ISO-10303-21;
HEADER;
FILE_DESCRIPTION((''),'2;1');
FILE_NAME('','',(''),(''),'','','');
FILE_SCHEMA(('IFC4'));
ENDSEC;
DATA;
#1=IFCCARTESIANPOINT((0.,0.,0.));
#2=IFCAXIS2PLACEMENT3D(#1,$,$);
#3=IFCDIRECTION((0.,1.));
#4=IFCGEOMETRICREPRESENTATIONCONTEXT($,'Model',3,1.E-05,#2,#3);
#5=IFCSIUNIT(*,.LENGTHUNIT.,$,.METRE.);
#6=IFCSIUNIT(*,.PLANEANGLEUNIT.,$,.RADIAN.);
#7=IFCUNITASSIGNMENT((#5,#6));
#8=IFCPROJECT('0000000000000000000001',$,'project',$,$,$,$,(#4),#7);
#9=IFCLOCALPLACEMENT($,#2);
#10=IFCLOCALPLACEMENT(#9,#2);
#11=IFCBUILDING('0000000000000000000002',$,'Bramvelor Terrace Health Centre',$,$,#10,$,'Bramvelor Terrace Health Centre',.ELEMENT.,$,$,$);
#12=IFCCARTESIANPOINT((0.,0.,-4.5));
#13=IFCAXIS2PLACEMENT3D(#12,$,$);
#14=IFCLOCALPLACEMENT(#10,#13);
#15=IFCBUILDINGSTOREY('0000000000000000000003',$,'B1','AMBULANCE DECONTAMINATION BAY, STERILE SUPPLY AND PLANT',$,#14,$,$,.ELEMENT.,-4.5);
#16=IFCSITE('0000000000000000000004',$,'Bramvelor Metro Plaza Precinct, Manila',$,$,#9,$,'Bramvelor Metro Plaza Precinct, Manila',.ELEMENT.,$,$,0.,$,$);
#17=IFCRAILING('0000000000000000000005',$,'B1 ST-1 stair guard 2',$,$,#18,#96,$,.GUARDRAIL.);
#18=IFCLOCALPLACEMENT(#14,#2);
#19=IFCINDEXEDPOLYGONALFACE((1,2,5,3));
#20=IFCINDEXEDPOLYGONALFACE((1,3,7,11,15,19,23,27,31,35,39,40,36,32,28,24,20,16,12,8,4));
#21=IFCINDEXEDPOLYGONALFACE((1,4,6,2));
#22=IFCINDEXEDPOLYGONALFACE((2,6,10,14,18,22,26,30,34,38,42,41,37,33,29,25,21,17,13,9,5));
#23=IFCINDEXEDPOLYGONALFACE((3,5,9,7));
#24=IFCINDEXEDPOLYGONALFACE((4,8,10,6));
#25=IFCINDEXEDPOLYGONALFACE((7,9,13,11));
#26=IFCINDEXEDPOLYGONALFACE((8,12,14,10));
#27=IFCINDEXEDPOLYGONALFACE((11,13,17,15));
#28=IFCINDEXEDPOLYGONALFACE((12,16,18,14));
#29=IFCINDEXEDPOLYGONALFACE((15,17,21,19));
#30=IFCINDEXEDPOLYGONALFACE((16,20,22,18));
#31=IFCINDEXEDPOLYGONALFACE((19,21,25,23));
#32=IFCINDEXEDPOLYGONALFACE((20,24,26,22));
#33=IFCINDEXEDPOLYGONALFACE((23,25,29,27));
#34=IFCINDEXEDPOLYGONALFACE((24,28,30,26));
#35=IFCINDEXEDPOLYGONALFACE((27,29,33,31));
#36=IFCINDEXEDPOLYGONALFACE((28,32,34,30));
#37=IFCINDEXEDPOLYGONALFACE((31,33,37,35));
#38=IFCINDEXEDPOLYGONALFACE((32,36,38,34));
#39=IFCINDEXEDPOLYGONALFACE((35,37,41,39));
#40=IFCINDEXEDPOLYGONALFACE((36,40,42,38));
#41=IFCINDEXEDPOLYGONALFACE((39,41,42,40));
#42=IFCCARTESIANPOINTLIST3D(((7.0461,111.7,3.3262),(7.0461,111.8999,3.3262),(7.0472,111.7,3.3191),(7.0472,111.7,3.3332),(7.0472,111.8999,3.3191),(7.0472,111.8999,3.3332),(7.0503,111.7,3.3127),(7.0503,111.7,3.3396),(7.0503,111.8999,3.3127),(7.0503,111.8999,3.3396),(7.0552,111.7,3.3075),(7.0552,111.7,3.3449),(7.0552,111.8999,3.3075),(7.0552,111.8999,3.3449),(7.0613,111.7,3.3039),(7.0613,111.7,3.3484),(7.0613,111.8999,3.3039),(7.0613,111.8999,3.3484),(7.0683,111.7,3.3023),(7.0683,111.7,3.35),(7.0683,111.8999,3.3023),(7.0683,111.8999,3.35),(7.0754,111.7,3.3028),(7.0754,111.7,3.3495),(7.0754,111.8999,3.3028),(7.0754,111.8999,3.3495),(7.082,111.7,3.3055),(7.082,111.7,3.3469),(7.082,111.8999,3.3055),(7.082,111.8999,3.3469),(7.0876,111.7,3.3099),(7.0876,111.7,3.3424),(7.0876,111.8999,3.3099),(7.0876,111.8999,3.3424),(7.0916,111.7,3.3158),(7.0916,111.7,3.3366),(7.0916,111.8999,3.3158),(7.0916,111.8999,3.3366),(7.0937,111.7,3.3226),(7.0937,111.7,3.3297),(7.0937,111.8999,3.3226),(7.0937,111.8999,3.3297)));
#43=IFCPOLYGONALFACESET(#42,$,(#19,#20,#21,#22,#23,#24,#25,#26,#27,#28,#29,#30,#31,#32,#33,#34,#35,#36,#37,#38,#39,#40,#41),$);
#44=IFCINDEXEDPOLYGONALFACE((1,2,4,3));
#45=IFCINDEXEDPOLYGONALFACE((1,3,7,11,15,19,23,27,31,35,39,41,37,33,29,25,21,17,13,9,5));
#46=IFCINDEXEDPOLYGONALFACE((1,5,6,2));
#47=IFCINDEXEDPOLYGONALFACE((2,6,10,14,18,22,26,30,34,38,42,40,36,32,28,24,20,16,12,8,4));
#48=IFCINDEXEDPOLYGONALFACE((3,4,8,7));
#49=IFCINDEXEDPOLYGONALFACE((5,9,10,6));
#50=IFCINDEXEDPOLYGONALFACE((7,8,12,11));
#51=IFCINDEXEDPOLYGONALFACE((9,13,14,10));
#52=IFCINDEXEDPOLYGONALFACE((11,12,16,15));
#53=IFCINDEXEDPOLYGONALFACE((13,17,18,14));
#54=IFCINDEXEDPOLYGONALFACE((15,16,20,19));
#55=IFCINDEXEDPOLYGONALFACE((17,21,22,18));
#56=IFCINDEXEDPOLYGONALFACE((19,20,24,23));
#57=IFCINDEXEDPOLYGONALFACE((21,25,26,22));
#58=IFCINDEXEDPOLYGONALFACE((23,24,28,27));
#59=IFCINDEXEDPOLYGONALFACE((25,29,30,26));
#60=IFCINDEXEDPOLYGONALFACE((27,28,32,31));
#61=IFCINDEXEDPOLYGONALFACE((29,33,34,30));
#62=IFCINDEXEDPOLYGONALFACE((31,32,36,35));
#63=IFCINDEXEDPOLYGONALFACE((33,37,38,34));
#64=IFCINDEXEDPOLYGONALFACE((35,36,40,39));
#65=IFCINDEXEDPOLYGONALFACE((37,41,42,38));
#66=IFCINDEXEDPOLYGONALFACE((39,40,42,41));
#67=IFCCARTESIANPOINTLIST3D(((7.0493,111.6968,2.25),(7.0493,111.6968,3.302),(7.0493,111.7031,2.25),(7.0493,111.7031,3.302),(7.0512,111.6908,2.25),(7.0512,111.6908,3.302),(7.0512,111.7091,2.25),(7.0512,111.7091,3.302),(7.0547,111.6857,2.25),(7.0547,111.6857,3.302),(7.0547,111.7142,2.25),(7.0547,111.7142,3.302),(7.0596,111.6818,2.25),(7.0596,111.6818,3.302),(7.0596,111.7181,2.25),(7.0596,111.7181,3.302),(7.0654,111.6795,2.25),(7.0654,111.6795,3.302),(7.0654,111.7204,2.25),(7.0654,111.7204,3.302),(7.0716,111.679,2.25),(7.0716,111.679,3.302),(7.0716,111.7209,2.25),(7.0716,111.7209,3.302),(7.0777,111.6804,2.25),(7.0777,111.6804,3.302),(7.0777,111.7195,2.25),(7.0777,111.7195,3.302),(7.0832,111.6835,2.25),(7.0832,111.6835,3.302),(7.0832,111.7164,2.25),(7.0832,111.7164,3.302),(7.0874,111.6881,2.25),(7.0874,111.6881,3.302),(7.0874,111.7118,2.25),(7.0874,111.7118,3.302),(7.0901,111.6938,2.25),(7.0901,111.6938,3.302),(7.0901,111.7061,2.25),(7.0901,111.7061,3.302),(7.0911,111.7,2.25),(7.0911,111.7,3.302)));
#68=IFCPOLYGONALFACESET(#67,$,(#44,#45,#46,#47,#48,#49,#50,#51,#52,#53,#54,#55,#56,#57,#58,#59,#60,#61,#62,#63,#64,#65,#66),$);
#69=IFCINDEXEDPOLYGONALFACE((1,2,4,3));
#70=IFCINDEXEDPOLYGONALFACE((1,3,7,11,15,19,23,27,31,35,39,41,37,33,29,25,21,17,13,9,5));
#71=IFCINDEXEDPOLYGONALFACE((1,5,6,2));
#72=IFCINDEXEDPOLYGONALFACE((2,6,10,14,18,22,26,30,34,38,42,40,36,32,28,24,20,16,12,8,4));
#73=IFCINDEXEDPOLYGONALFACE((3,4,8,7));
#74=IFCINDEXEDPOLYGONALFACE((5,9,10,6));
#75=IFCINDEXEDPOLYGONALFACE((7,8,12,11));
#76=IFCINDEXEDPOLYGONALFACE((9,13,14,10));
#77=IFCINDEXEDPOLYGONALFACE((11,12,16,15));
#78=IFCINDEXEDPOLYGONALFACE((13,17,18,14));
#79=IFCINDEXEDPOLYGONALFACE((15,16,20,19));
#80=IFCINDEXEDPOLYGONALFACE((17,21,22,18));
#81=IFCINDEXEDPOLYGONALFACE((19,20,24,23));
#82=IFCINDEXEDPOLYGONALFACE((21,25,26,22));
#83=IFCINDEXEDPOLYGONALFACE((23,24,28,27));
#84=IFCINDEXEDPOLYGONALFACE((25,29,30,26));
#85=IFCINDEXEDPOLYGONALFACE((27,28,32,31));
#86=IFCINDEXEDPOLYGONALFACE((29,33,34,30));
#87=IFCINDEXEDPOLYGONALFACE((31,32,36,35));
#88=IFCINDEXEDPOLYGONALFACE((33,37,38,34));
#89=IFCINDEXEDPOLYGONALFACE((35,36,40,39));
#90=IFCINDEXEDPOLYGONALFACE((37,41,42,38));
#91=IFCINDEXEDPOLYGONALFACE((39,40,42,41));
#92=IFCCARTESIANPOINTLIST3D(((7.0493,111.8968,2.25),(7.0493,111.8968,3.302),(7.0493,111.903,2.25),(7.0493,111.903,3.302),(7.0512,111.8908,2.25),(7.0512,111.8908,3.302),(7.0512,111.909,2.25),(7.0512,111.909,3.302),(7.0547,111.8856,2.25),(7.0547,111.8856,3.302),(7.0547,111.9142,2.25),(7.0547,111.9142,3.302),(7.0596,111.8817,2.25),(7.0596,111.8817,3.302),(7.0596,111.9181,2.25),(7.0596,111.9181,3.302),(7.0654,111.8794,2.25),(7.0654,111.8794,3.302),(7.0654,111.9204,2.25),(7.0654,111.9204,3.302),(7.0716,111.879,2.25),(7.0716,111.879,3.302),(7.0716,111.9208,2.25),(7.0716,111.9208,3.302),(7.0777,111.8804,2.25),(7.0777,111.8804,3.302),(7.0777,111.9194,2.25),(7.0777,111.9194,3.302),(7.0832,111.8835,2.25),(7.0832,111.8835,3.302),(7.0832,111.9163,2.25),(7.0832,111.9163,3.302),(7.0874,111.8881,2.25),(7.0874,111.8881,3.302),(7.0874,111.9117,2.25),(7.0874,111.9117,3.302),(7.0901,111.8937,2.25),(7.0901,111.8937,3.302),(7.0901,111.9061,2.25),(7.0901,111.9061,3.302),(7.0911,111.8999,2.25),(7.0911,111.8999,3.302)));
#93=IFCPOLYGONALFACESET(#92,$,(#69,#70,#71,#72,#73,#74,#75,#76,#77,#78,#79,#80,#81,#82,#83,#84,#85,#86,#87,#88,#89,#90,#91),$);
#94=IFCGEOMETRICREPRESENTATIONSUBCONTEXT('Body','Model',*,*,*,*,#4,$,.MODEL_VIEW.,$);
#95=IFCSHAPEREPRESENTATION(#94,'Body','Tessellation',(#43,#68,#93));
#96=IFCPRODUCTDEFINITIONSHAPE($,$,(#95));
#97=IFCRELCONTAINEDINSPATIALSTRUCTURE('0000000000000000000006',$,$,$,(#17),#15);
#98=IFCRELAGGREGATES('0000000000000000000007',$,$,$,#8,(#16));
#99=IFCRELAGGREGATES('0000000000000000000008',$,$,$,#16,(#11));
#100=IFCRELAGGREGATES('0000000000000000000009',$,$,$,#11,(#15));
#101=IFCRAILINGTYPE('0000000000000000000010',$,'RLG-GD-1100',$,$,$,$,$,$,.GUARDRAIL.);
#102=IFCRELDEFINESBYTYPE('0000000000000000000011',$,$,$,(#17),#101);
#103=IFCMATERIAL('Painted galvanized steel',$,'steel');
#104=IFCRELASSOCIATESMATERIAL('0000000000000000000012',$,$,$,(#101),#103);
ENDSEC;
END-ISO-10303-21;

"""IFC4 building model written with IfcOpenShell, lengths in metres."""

from ifc_helpers import new_model, si_unit, direction, frame, origin, origin_2d, place, context, subcontext, project, spatial, circle, extrude, material, type_object, element, save


model = new_model("IFC4")

# Units and contexts
model_context = context("Model", 3, precision=1e-05, world=origin(), true_north=direction((0.0, 1.0)))
body_context = subcontext(model_context, "Body", "Model", "MODEL_VIEW")
ifc_project = project(units=[si_unit("LENGTHUNIT", "METRE"), si_unit("PLANEANGLEUNIT", "RADIAN")], contexts=[model_context])

# Site, building, storey
site_placement = place(None, origin())
site = spatial("IfcSite", under=ifc_project, at=site_placement, Name="Bramvelor Metro Plaza Precinct, Manila", LongName="Bramvelor Metro Plaza Precinct, Manila", CompositionType="ELEMENT", RefElevation=0.0)
building_placement = place(site_placement, origin())
building = spatial("IfcBuilding", under=site, at=building_placement, Name="Bramvelor Terrace Health Centre", LongName="Bramvelor Terrace Health Centre", CompositionType="ELEMENT")
storey_placement = place(building_placement, frame((0.0, 0.0, -4.5)))
storey = spatial("IfcBuildingStorey", under=building, at=storey_placement, Name="B1", Description="AMBULANCE DECONTAMINATION BAY, STERILE SUPPLY AND PLANT", CompositionType="ELEMENT", Elevation=-4.5)

# Railing
ifc_material_1 = material(Name="Painted galvanized steel", Category="steel")
railing_type_1 = type_object("IfcRailingType", Name="RLG-GD-1100", PredefinedType="GUARDRAIL", material=ifc_material_1)
railing_1_placement = place(storey_placement, frame((7.0701, 111.7, 2.25)))
element("IfcRailing", 1, at=railing_1_placement, inside=storey, type_object=railing_type_1, Name="B1 ST-1 stair guard 2", PredefinedType="GUARDRAIL", context=body_context, shape_type="SweptSolid", body=[
    extrude(circle(Radius=0.0239, at=origin_2d()), frame((0.0, 0.0, 1.0762), z_axis=(0.0, 1.0, 0.0), x_axis=(-1.0, 0.0, 0.0)), (0.0, 0.0, 1.0), 0.2),
    extrude(circle(Radius=0.021, at=origin_2d()), origin(), (0.0, 0.0, 1.0), 1.052),
    extrude(circle(Radius=0.021, at=origin_2d()), frame((0.0, 0.2, 0.0)), (0.0, 0.0, 1.0), 1.052),
])

save(model, "model.ifc")
